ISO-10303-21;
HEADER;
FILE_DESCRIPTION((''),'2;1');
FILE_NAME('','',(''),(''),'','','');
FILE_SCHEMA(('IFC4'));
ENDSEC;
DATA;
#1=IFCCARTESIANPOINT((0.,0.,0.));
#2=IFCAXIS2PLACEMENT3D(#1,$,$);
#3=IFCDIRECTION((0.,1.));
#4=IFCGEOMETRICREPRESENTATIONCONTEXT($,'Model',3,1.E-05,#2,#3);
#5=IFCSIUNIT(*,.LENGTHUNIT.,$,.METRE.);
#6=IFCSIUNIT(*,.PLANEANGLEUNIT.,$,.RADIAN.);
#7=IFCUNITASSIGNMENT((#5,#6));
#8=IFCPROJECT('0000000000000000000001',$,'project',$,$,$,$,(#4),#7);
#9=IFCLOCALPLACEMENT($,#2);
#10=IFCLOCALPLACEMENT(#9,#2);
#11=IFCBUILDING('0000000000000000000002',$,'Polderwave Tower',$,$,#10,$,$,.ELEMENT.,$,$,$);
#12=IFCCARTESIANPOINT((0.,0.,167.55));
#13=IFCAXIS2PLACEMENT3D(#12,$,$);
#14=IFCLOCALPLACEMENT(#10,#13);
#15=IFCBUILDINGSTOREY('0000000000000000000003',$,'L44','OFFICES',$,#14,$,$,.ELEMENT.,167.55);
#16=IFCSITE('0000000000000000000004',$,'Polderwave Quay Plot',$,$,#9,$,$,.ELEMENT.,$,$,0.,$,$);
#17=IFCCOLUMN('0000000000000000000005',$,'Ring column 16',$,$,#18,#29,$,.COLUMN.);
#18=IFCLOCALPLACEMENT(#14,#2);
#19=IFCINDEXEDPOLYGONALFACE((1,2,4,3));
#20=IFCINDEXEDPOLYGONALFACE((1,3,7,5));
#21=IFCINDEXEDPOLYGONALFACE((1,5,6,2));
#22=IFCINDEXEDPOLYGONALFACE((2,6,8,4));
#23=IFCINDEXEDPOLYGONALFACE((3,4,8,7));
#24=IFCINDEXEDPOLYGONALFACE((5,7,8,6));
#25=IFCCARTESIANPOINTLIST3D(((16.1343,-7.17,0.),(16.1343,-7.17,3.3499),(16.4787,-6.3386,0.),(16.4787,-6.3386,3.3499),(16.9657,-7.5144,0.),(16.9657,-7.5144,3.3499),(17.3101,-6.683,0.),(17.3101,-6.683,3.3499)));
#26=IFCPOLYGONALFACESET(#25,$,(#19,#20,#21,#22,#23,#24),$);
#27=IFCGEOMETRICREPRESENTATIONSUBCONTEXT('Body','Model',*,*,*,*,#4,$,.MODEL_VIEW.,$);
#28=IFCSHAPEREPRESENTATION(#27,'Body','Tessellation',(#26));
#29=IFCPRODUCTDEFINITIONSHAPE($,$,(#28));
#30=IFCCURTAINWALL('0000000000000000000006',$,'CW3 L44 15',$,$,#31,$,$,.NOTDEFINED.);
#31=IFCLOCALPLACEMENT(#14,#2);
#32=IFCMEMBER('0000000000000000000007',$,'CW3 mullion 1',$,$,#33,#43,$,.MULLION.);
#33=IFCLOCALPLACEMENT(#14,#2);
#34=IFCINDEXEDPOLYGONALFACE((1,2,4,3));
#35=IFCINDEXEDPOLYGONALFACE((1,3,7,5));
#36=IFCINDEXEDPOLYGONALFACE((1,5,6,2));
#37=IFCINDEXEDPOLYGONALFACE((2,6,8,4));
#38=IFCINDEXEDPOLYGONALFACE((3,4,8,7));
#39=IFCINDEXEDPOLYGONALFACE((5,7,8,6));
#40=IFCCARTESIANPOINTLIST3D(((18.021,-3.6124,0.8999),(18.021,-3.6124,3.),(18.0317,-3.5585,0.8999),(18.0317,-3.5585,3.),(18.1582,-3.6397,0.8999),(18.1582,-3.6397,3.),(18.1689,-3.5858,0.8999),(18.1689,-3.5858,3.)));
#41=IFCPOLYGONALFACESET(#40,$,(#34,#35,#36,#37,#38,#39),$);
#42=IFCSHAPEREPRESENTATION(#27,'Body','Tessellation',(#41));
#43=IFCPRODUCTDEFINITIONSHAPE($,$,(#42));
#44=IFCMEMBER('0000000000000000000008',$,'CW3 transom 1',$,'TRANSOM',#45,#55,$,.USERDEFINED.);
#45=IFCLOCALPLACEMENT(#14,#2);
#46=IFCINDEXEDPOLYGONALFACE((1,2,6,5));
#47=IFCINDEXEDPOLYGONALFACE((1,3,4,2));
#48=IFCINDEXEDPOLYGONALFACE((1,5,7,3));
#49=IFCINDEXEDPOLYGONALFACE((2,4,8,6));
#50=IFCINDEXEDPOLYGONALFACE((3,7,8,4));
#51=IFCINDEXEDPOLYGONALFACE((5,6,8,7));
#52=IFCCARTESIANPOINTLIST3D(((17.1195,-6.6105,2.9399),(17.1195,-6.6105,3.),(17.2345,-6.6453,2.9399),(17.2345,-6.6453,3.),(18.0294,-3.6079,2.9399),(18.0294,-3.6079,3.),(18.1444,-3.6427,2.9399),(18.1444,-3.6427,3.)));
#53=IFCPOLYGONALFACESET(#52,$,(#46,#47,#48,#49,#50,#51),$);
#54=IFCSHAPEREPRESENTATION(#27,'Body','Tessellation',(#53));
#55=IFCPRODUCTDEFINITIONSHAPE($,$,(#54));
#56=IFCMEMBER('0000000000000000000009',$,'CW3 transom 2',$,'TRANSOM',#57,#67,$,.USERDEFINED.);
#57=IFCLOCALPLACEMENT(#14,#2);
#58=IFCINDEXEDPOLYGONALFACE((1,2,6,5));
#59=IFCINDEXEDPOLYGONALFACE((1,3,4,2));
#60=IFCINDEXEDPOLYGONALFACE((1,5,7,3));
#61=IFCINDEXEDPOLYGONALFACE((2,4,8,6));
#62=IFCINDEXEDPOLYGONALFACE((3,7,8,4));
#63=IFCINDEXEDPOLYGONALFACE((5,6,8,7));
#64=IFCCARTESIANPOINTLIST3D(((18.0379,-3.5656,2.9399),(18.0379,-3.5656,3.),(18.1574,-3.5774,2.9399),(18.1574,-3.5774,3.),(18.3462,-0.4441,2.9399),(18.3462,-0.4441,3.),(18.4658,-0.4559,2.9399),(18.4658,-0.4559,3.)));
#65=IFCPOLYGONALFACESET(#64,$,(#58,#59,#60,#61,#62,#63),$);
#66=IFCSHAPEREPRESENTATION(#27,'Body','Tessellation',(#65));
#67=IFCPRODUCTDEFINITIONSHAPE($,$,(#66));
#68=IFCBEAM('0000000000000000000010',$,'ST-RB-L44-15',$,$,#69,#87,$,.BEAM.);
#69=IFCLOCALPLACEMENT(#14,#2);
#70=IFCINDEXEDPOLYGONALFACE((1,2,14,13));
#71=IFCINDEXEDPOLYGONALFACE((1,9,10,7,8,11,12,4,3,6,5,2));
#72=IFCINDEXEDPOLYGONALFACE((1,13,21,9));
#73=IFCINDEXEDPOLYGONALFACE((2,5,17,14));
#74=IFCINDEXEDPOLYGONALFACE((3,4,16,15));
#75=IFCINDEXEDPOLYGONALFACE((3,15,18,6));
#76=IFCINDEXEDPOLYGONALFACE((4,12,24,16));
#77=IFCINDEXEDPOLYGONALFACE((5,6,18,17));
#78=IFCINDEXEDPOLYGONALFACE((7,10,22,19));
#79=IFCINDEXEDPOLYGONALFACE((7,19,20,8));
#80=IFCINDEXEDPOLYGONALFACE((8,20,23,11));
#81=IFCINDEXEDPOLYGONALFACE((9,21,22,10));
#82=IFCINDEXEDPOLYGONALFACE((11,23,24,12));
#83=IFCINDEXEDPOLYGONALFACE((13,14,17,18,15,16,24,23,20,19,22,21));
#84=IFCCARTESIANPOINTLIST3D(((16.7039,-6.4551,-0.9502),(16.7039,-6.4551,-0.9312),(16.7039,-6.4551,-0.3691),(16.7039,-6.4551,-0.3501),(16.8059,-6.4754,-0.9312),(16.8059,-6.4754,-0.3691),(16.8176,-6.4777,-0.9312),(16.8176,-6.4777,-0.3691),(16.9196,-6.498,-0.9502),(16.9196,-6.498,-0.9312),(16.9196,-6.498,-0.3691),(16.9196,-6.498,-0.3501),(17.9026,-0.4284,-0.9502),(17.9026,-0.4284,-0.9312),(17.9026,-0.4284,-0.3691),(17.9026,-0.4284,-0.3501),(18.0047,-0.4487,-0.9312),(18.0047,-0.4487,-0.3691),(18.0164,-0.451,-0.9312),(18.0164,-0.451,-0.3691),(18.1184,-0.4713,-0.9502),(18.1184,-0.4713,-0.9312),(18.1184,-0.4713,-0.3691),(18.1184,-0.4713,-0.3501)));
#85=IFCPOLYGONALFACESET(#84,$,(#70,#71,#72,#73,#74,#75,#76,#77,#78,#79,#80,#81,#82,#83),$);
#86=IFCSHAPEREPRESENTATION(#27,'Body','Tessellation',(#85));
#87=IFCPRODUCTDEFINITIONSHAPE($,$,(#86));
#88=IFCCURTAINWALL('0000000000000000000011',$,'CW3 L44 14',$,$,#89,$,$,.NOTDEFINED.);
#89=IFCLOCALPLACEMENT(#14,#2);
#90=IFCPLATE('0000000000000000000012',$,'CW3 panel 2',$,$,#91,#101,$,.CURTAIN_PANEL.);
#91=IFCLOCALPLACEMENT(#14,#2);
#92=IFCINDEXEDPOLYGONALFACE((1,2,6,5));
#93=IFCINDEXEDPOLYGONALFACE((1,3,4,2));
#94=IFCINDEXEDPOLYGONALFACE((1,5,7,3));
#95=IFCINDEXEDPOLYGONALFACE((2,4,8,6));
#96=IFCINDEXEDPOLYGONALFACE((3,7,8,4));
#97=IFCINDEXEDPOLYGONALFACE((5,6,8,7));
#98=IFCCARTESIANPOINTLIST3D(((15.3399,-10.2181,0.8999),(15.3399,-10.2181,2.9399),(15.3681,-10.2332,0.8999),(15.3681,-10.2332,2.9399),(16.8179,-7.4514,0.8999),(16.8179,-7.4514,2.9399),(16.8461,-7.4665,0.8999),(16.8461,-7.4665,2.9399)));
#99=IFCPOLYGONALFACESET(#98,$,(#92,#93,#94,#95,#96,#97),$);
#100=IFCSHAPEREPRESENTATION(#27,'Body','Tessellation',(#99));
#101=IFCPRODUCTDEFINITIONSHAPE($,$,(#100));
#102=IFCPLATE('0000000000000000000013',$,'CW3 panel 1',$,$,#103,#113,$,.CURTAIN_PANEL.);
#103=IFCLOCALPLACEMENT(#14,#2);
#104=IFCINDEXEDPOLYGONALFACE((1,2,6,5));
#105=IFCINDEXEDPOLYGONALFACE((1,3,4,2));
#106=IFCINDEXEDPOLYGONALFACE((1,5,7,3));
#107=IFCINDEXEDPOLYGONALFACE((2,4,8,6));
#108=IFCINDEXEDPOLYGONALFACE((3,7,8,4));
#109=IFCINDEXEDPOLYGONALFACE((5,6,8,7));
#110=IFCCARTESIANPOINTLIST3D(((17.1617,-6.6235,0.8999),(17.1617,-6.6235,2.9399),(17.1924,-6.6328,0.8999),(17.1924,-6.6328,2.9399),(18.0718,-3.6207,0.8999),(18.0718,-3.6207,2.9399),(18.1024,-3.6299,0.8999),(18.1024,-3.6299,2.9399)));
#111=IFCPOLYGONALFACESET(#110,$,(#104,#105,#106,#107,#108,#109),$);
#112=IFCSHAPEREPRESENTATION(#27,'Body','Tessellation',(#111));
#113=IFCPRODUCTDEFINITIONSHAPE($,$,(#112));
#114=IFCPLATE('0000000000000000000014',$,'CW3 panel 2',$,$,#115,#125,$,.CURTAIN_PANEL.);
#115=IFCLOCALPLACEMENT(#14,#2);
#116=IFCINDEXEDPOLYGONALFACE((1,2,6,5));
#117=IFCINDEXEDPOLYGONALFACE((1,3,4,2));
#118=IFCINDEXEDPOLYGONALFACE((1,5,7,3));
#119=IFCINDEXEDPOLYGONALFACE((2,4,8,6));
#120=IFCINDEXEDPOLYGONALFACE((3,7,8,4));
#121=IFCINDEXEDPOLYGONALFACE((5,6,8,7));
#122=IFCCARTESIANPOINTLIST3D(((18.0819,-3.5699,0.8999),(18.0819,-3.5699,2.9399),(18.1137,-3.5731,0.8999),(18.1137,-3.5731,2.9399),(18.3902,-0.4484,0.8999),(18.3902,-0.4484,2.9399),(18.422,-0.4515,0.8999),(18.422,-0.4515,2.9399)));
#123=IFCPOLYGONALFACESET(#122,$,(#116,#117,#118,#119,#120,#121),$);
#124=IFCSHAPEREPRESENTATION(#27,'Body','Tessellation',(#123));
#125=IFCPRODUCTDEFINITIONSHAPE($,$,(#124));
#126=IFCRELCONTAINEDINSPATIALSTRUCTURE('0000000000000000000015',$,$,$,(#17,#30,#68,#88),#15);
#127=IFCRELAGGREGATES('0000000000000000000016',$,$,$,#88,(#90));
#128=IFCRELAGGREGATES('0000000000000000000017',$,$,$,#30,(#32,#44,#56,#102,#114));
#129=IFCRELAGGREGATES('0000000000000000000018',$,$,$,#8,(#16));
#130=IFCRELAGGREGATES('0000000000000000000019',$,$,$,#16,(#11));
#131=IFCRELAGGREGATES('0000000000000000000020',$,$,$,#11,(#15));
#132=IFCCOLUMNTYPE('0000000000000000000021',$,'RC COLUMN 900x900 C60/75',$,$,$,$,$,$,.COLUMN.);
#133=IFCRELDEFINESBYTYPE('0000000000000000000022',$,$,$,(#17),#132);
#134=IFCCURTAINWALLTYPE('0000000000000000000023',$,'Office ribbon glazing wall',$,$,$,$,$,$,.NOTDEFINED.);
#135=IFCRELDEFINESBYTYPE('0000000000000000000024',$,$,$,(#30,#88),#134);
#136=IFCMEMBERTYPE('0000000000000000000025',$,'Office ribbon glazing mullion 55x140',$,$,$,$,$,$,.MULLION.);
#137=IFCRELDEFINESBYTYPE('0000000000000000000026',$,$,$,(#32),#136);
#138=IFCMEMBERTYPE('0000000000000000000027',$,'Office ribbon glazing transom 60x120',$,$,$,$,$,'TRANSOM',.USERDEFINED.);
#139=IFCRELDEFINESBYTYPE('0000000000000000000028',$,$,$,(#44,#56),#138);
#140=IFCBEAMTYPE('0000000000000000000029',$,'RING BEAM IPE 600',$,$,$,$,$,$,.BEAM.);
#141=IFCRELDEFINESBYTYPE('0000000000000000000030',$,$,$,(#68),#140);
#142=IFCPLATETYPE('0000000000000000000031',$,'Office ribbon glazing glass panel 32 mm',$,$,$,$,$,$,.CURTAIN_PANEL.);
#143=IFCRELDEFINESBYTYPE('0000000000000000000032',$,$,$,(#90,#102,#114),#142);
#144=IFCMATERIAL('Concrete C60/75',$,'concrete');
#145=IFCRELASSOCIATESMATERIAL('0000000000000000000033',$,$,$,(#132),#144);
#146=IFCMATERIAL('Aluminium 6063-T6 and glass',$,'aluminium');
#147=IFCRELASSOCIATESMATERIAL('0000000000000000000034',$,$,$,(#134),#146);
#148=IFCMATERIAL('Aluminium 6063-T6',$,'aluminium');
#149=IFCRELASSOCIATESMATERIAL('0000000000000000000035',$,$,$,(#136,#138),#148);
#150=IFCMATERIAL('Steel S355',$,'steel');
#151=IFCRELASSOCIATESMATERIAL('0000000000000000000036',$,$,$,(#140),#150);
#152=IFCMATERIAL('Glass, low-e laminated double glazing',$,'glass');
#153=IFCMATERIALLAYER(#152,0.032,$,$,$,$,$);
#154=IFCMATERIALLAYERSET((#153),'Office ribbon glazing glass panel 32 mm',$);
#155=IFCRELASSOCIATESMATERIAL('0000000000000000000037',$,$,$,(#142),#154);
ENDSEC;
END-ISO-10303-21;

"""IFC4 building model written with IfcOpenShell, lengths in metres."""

from ifc_helpers import new_model, si_unit, direction, frame, origin, origin_2d, place, context, subcontext, project, spatial, rectangle, i_section, extrude, material, layer, layer_set, material_profile, profile_set, type_object, element, aggregate, save


model = new_model("IFC4")

# Units and contexts
model_context = context("Model", 3, precision=1e-05, world=origin(), true_north=direction((0.0, 1.0)))
body_context = subcontext(model_context, "Body", "Model", "MODEL_VIEW")
ifc_project = project(units=[si_unit("LENGTHUNIT", "METRE"), si_unit("PLANEANGLEUNIT", "RADIAN")], contexts=[model_context])

# Site, building, storey
site_placement = place(None, origin())
site = spatial("IfcSite", under=ifc_project, at=site_placement, Name="Polderwave Quay Plot", CompositionType="ELEMENT", RefElevation=0.0)
building_placement = place(site_placement, origin())
building = spatial("IfcBuilding", under=site, at=building_placement, Name="Polderwave Tower", CompositionType="ELEMENT")
storey_placement = place(building_placement, frame((0.0, 0.0, 167.55)))
storey = spatial("IfcBuildingStorey", under=building, at=storey_placement, Name="L44", Description="OFFICES", CompositionType="ELEMENT", Elevation=167.55)

# Column
ifc_material_1 = material(Name="Concrete C60/75", Category="concrete")
ifc_material_profile_1 = material_profile(ifc_material_1, rectangle(XDim=0.8999, YDim=0.8999, at=origin_2d()), Name="RC 900x900")
ifc_profile_set_1 = profile_set([ifc_material_profile_1], Name="Concrete C60/75")
column_type = type_object("IfcColumnType", Name="RC COLUMN 900x900 C60/75", PredefinedType="COLUMN", material=ifc_profile_set_1)
column_placement = place(storey_placement, frame((16.7222, -6.9265, 0.0), z_axis=(0.0, 0.0, 1.0), x_axis=(0.92388, -0.382683, 0.0)))
element("IfcColumn", 1, at=column_placement, inside=storey, type_object=column_type, Name="Ring column 16", PredefinedType="COLUMN", context=body_context, shape_type="SweptSolid", body=[
    extrude(rectangle(XDim=0.8999, YDim=0.8999, at=origin_2d()), origin(), (0.0, 0.0, 1.0), 3.3499),
])

# Curtain wall, members
ifc_material_2 = material(Name="Aluminium 6063-T6 and glass", Category="aluminium")
curtain_wall_type = type_object("IfcCurtainWallType", Name="Office ribbon glazing wall", PredefinedType="NOTDEFINED", material=ifc_material_2)
curtain_wall_1_placement = place(storey_placement, origin())
curtain_wall_1 = element("IfcCurtainWall", 2, at=curtain_wall_1_placement, inside=storey, type_object=curtain_wall_type, Name="CW3 L44 15", PredefinedType="NOTDEFINED")
ifc_material_3 = material(Name="Aluminium 6063-T6", Category="aluminium")
ifc_material_profile_2 = material_profile(ifc_material_3, rectangle(XDim=0.1399, YDim=0.0549, at=origin_2d()), Name="AL 55x140")
ifc_profile_set_2 = profile_set([ifc_material_profile_2], Name="Aluminium 6063-T6")
member_type_1 = type_object("IfcMemberType", Name="Office ribbon glazing mullion 55x140", PredefinedType="MULLION", material=ifc_profile_set_2)
member_1_placement = place(storey_placement, frame((18.095, -3.5991, 0.8999), z_axis=(0.0, 0.0, 1.0), x_axis=(-0.980784, 0.195097, 0.0)))
member_1 = element("IfcMember", 3, at=member_1_placement, type_object=member_type_1, Name="CW3 mullion 1", PredefinedType="MULLION", context=body_context, shape_type="SweptSolid", body=[
    extrude(rectangle(XDim=0.1399, YDim=0.0549, at=origin_2d()), origin(), (0.0, 0.0, 1.0), 2.1001),
])
ifc_material_profile_3 = material_profile(ifc_material_3, rectangle(XDim=0.1201, YDim=0.0601, at=origin_2d()), Name="AL 60x120")
ifc_profile_set_3 = profile_set([ifc_material_profile_3], Name="Aluminium 6063-T6")
member_type_2 = type_object("IfcMemberType", Name="Office ribbon glazing transom 60x120", ElementType="TRANSOM", PredefinedType="USERDEFINED", material=ifc_profile_set_3)
member_2_placement = place(storey_placement, frame((17.177, -6.6279, 2.97), z_axis=(0.29001, 0.957024, 0.0), x_axis=(-0.957024, 0.29001, 0.0)))
member_2 = element("IfcMember", 4, at=member_2_placement, type_object=member_type_2, Name="CW3 transom 1", ObjectType="TRANSOM", PredefinedType="USERDEFINED", context=body_context, shape_type="SweptSolid", body=[
    extrude(rectangle(XDim=0.1201, YDim=0.0601, at=origin_2d()), origin(), (0.0, 0.0, 1.0), 3.1375),
])
member_3_placement = place(storey_placement, frame((18.0977, -3.5715, 2.97), z_axis=(0.098301, 0.995157, 0.0), x_axis=(-0.995157, 0.098301, 0.0)))
member_3 = element("IfcMember", 5, at=member_3_placement, type_object=member_type_2, Name="CW3 transom 2", ObjectType="TRANSOM", PredefinedType="USERDEFINED", context=body_context, shape_type="SweptSolid", body=[
    extrude(rectangle(XDim=0.1201, YDim=0.0601, at=origin_2d()), origin(), (0.0, 0.0, 1.0), 3.1367),
])

# Beam
ifc_material_4 = material(Name="Steel S355", Category="steel")
ifc_material_profile_4 = material_profile(ifc_material_4, i_section(OverallWidth=0.22, OverallDepth=0.6001, WebThickness=0.012, FlangeThickness=0.019, at=origin_2d()), Name="IPE 600")
ifc_profile_set_4 = profile_set([ifc_material_profile_4], Name="Steel S355")
beam_type = type_object("IfcBeamType", Name="RING BEAM IPE 600", PredefinedType="BEAM", material=ifc_profile_set_4)
beam_placement = place(storey_placement, frame((16.8118, -6.4766, -0.6501), z_axis=(0.195085, 0.980786, 0.0), x_axis=(-0.980786, 0.195085, 0.0)))
element("IfcBeam", 6, at=beam_placement, inside=storey, type_object=beam_type, Name="ST-RB-L44-15", PredefinedType="BEAM", context=body_context, shape_type="SweptSolid", body=[
    extrude(i_section(OverallWidth=0.22, OverallDepth=0.6001, WebThickness=0.012, FlangeThickness=0.019, at=origin_2d()), origin(), (0.0, 0.0, 1.0), 6.1448),
])

# Curtain wall, plate
curtain_wall_2_placement = place(storey_placement, origin())
curtain_wall_2 = element("IfcCurtainWall", 7, at=curtain_wall_2_placement, inside=storey, type_object=curtain_wall_type, Name="CW3 L44 14", PredefinedType="NOTDEFINED")
ifc_material_5 = material(Name="Glass, low-e laminated double glazing", Category="glass")
ifc_layer_1 = layer(ifc_material_5, 0.032)
ifc_layer_set_1 = layer_set([ifc_layer_1], Name="Office ribbon glazing glass panel 32 mm")
plate_type = type_object("IfcPlateType", Name="Office ribbon glazing glass panel 32 mm", PredefinedType="CURTAIN_PANEL", material=ifc_layer_set_1)
plate_1_placement = place(storey_placement, frame((16.093, -8.8423, 0.8999), z_axis=(0.0, 0.0, 1.0), x_axis=(0.471195, 0.882029, 0.0)))
plate_1 = element("IfcPlate", 8, at=plate_1_placement, type_object=plate_type, Name="CW3 panel 2", PredefinedType="CURTAIN_PANEL", context=body_context, shape_type="SweptSolid", body=[
    extrude(rectangle(XDim=3.1367, YDim=0.032, at=origin_2d()), origin(), (0.0, 0.0, 1.0), 2.04),
])
aggregate(curtain_wall_2, [plate_1])

# Plates
plate_2_placement = place(storey_placement, frame((17.6321, -5.1267, 0.8999), z_axis=(0.0, 0.0, 1.0), x_axis=(0.290042, 0.957014, 0.0)))
plate_2 = element("IfcPlate", 9, at=plate_2_placement, type_object=plate_type, Name="CW3 panel 1", PredefinedType="CURTAIN_PANEL", context=body_context, shape_type="SweptSolid", body=[
    extrude(rectangle(XDim=3.1377, YDim=0.032, at=origin_2d()), origin(), (0.0, 0.0, 1.0), 2.04),
])
plate_3_placement = place(storey_placement, frame((18.252, -2.0107, 0.8999), z_axis=(0.0, 0.0, 1.0), x_axis=(0.098283, 0.995159, 0.0)))
plate_3 = element("IfcPlate", 10, at=plate_3_placement, type_object=plate_type, Name="CW3 panel 2", PredefinedType="CURTAIN_PANEL", context=body_context, shape_type="SweptSolid", body=[
    extrude(rectangle(XDim=3.1367, YDim=0.032, at=origin_2d()), origin(), (0.0, 0.0, 1.0), 2.04),
])
aggregate(curtain_wall_1, [member_1, member_2, member_3, plate_2, plate_3])

save(model, "model.ifc")
